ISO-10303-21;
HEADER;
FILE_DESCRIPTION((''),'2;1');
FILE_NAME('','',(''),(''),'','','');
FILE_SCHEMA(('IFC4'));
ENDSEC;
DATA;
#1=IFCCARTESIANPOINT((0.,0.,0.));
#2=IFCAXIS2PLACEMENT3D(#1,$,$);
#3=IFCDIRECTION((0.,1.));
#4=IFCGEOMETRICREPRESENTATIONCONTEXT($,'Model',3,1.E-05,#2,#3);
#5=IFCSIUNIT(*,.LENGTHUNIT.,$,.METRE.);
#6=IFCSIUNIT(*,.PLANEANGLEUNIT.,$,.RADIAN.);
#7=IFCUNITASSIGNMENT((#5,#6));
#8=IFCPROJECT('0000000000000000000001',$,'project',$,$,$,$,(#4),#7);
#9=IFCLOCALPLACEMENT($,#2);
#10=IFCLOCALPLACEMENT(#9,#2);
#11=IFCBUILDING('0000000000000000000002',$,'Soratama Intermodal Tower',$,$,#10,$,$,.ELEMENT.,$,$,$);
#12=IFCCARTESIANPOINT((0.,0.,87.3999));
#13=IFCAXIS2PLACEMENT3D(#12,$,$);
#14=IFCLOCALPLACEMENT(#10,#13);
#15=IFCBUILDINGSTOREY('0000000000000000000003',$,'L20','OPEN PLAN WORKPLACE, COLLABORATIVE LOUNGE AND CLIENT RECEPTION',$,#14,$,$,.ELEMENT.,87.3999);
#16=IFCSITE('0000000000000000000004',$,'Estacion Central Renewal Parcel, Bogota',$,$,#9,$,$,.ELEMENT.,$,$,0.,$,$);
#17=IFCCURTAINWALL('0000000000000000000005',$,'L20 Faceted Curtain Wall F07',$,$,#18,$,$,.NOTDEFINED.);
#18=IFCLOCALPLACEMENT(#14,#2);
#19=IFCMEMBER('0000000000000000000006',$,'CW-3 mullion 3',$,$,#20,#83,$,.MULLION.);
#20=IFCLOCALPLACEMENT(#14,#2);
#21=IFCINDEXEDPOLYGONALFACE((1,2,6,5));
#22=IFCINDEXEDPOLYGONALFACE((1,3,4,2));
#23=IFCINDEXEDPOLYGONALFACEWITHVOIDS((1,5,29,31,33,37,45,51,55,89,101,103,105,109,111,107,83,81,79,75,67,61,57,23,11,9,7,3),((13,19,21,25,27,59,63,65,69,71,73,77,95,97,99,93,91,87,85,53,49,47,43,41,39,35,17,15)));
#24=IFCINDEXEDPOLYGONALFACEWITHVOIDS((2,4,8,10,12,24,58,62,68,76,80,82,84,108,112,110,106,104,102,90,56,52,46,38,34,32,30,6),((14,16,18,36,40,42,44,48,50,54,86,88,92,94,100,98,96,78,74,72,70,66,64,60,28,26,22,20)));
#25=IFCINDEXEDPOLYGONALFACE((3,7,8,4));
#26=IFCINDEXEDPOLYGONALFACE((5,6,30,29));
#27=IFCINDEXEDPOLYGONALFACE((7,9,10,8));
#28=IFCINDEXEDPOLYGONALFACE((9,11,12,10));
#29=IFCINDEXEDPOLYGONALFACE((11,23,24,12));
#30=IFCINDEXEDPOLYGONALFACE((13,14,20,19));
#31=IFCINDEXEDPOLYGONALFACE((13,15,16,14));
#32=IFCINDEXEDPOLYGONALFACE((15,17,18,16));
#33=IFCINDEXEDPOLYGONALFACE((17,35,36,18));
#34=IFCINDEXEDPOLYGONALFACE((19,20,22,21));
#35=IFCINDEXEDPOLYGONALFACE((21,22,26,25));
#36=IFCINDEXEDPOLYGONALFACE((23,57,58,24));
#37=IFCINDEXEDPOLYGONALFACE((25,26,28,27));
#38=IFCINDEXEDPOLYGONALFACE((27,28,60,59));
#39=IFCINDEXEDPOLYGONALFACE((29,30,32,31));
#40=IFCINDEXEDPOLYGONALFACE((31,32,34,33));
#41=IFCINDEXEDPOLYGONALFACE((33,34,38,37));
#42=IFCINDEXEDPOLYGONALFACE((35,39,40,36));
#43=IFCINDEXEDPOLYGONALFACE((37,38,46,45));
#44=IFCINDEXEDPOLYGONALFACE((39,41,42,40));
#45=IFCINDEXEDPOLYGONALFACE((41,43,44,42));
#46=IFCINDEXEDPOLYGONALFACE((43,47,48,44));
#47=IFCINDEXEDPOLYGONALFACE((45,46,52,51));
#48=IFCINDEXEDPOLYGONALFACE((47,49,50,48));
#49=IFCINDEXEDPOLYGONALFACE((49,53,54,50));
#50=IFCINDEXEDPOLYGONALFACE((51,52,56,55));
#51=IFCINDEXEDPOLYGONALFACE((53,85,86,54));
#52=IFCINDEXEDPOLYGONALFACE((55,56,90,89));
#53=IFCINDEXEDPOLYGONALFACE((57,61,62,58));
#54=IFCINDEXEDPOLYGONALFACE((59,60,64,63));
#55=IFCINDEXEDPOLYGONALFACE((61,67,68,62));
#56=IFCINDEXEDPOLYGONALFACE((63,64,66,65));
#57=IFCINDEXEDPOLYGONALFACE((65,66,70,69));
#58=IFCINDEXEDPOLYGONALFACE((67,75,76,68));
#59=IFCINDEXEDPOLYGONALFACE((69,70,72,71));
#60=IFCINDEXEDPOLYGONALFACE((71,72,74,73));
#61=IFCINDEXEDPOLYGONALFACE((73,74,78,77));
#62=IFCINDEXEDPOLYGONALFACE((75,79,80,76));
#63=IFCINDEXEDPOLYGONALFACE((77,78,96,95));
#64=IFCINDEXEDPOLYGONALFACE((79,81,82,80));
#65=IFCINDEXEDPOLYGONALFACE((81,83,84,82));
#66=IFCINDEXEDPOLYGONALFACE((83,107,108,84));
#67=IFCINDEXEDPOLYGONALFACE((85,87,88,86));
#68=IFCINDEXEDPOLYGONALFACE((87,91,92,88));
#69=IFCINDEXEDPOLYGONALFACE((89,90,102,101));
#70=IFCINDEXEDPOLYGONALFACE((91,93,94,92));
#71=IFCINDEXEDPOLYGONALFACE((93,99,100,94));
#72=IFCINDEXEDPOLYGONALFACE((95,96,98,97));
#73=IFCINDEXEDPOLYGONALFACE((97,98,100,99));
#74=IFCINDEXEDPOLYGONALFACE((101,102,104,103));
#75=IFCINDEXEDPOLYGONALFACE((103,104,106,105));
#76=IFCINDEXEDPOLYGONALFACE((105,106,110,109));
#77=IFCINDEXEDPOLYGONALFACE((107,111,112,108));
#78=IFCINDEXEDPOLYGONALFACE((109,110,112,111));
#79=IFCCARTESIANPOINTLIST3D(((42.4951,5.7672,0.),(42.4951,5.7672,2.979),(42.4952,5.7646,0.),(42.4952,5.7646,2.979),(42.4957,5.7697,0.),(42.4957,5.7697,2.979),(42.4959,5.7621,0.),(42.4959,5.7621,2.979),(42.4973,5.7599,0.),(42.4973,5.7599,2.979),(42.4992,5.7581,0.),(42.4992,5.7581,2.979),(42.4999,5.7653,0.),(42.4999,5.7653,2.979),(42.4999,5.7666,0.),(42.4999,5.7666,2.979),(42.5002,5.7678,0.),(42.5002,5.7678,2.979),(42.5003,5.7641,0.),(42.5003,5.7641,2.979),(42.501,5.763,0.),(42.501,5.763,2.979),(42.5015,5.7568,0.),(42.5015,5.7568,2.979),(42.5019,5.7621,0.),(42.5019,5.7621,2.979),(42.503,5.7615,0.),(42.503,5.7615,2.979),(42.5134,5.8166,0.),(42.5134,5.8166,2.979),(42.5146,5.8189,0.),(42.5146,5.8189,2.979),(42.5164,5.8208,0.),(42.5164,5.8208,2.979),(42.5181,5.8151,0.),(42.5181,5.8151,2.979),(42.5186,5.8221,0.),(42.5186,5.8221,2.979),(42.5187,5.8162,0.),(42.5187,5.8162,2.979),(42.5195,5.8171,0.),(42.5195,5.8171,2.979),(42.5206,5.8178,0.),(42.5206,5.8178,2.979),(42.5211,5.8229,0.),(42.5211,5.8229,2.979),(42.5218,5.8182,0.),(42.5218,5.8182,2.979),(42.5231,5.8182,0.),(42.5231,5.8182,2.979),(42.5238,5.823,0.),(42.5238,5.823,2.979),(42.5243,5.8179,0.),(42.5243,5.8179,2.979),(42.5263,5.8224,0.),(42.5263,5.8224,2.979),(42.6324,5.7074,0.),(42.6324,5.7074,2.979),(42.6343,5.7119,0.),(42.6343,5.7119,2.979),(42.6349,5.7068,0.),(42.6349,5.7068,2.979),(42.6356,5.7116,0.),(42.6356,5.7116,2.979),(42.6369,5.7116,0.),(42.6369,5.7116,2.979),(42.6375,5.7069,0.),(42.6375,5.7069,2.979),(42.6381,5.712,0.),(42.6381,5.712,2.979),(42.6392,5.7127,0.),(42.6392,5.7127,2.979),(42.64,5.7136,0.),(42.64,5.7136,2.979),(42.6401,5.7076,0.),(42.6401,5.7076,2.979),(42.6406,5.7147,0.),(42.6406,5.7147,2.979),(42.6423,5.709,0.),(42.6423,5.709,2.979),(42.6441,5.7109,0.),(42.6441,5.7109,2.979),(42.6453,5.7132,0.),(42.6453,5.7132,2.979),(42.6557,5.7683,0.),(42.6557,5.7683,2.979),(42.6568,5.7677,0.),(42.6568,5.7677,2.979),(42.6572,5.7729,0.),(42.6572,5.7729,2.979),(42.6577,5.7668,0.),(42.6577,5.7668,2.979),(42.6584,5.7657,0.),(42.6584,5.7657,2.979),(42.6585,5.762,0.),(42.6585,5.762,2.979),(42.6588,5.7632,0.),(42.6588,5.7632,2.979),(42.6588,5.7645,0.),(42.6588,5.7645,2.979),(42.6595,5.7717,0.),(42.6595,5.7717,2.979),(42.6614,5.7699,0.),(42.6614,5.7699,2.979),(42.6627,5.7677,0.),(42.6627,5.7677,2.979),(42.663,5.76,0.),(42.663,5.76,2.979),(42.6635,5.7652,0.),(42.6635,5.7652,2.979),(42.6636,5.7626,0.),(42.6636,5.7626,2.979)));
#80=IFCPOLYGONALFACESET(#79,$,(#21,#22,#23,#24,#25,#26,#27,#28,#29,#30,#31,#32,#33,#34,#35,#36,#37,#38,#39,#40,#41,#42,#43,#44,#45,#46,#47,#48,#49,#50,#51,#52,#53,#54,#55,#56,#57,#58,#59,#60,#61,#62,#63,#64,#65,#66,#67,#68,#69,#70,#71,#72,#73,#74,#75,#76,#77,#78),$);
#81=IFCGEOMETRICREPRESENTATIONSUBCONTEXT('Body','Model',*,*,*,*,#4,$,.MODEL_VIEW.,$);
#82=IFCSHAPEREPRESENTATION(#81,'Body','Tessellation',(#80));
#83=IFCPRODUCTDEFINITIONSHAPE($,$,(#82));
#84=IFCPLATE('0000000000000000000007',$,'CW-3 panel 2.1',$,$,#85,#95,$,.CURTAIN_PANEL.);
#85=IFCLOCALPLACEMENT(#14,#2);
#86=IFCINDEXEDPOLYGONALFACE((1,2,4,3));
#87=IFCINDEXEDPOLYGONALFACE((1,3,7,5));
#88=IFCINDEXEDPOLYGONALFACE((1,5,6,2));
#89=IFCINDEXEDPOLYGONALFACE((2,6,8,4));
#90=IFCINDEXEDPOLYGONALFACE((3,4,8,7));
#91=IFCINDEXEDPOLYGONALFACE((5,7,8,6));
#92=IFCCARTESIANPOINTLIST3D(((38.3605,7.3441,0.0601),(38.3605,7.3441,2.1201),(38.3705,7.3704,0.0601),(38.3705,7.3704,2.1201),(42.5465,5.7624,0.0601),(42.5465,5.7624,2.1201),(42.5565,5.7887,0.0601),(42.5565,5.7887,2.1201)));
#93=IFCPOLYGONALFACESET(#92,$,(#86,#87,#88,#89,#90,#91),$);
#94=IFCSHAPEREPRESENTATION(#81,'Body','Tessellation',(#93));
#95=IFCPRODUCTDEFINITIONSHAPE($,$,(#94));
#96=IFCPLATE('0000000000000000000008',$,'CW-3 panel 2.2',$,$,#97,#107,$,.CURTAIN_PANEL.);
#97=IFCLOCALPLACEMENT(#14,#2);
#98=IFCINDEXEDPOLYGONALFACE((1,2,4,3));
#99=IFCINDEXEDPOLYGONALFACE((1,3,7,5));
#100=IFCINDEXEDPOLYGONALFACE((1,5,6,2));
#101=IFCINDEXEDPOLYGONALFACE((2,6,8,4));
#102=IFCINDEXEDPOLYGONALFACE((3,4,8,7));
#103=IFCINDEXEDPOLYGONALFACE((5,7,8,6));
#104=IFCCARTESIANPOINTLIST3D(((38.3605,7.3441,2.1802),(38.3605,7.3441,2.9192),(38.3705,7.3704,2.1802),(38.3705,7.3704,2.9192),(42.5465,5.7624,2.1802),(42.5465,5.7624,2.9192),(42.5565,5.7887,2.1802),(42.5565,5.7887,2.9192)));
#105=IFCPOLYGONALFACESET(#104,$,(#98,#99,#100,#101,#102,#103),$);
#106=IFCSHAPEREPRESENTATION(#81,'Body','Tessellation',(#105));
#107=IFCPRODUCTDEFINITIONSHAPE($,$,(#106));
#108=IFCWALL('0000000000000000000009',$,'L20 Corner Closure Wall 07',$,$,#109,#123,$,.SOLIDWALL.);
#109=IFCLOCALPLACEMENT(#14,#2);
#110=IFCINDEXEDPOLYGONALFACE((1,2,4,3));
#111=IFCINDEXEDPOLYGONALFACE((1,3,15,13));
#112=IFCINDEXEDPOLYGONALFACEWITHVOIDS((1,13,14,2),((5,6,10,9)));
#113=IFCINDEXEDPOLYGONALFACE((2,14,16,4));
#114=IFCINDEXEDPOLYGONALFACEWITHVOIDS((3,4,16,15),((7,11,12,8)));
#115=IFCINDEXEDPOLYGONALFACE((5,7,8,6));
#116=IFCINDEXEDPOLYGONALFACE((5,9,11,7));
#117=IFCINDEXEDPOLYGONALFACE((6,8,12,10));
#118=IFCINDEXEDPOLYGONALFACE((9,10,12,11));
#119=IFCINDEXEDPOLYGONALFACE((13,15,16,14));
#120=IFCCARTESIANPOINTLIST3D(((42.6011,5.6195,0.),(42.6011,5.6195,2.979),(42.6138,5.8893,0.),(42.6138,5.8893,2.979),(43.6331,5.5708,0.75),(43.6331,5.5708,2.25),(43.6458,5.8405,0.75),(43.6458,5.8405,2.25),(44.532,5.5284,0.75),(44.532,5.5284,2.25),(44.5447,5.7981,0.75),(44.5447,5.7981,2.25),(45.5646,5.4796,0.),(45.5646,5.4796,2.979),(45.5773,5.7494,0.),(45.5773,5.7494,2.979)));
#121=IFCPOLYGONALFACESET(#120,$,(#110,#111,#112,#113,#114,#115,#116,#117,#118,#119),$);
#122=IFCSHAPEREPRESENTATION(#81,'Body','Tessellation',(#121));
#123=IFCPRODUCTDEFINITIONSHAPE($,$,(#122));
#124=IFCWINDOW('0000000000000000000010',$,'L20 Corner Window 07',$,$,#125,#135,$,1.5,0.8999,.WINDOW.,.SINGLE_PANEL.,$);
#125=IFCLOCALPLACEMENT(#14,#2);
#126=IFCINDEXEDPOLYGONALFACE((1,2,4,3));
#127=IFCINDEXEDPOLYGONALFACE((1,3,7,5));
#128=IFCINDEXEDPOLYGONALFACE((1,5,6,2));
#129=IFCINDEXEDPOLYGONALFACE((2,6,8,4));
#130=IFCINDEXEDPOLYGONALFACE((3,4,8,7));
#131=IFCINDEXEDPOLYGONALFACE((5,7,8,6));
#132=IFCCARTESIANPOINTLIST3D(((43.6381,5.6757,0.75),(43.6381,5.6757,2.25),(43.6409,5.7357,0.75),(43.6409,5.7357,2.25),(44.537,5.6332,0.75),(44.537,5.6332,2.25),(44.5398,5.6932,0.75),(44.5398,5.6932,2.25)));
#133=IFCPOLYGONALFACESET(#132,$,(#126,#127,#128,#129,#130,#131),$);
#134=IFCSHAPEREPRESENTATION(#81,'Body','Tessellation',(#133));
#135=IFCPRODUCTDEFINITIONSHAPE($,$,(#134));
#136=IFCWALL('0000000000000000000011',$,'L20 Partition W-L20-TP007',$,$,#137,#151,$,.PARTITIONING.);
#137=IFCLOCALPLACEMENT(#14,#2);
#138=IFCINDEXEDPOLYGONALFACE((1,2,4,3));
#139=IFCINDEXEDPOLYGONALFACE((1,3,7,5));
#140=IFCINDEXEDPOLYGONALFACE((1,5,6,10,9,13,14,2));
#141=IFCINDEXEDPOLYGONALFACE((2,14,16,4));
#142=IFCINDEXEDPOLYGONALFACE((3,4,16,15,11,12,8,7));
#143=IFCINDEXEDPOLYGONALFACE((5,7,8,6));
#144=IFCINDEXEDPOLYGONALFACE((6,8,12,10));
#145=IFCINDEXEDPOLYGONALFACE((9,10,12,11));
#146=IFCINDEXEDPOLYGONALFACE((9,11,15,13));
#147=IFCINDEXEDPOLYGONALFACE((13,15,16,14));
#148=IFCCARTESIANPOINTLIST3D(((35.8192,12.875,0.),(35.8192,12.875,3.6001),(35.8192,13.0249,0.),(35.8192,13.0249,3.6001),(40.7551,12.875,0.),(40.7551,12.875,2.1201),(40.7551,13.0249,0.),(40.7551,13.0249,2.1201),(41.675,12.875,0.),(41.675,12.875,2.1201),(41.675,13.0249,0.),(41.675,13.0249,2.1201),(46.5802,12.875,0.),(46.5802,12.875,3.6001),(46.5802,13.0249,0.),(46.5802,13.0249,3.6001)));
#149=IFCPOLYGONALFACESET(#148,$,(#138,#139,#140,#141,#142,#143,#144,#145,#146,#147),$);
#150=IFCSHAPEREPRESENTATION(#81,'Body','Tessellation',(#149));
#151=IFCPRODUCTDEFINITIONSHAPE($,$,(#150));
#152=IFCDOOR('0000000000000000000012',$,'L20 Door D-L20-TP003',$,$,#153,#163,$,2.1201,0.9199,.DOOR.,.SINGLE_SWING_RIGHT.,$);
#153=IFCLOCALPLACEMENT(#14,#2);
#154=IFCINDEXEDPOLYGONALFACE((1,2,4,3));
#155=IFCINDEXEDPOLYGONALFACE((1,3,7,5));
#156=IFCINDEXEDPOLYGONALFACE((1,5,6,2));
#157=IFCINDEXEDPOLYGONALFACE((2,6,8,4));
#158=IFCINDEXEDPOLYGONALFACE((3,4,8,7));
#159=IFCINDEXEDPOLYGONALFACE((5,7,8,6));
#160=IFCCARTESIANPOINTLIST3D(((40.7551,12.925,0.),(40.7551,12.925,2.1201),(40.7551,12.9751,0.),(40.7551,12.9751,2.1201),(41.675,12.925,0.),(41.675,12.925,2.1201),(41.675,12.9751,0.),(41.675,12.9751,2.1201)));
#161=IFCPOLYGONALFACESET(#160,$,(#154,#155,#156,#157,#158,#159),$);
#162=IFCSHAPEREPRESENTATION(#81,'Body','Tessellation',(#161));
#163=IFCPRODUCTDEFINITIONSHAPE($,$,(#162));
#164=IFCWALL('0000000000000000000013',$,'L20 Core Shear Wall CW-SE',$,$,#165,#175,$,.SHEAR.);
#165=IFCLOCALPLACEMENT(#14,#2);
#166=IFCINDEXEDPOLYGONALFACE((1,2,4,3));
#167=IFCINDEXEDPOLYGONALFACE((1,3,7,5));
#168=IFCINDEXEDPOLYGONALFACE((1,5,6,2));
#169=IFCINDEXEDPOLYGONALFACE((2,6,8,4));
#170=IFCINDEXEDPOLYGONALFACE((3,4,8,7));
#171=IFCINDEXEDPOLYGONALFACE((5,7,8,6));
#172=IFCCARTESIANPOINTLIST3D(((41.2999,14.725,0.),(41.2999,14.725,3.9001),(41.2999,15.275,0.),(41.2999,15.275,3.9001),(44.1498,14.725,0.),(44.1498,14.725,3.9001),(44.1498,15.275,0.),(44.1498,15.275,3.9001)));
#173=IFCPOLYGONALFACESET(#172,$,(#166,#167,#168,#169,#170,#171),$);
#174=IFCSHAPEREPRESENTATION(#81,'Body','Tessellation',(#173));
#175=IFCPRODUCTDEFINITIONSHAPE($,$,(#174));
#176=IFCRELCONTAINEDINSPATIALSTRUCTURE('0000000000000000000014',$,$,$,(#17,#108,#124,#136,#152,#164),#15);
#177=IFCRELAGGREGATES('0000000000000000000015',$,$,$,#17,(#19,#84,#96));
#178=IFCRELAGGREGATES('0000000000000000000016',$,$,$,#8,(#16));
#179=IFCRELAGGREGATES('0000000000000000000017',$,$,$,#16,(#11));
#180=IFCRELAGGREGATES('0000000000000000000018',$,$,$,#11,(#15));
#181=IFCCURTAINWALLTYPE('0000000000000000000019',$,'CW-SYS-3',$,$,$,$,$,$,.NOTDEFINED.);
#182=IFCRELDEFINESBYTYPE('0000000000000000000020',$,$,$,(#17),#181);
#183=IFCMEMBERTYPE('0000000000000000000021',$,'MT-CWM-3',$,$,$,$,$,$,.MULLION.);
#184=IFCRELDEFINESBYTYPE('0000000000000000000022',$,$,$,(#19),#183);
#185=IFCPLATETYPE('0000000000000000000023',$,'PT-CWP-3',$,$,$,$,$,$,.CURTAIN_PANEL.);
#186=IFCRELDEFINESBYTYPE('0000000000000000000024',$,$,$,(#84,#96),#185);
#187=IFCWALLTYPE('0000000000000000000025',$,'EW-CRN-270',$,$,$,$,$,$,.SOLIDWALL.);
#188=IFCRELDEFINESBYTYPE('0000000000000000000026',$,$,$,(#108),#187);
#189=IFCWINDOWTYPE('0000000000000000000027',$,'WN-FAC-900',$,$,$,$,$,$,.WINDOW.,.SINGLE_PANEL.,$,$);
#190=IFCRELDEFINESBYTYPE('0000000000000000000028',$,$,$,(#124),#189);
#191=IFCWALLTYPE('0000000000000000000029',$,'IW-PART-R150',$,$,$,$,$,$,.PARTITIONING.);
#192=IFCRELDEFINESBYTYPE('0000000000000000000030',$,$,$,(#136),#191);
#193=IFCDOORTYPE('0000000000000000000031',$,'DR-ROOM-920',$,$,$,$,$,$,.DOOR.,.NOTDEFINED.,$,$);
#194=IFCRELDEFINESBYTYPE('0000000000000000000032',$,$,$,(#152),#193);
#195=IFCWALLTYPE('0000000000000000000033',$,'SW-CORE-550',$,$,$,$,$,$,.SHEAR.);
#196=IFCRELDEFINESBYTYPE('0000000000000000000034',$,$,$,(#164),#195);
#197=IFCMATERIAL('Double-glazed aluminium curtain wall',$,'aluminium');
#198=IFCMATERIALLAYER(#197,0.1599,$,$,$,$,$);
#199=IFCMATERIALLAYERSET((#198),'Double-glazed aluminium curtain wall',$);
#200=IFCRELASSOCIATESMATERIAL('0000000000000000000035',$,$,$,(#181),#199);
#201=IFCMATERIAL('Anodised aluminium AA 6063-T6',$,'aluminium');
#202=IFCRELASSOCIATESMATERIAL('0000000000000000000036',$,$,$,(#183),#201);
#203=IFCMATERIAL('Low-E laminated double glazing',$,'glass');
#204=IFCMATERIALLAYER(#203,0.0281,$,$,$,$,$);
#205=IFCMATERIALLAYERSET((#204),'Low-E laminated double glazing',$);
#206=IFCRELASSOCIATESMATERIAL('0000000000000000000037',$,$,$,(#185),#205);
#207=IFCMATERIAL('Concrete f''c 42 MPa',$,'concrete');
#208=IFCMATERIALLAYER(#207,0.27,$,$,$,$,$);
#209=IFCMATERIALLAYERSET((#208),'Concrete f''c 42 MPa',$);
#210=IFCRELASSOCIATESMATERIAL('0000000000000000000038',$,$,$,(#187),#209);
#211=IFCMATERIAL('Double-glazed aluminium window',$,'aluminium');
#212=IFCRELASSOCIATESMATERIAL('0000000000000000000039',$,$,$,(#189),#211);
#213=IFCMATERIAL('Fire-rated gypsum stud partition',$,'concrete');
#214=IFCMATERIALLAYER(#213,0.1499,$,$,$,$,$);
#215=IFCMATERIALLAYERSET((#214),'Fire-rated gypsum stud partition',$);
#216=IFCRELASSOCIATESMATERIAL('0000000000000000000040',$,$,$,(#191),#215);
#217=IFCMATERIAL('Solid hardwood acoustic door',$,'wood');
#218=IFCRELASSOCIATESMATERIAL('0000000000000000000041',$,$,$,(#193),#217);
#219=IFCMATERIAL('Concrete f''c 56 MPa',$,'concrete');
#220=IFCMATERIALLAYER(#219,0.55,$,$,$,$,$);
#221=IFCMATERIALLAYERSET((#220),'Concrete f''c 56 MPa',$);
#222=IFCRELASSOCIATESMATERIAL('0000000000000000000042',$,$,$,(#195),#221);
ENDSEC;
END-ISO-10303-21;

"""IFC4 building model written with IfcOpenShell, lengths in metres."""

from ifc_helpers import new_model, si_unit, direction, frame, frame_2d, origin, origin_2d, place, context, subcontext, project, spatial, rectangle, hollow_rectangle, extrude, material, layer, layer_set, material_profile, profile_set, type_object, element, fill, aggregate, save


model = new_model("IFC4")

# Units and contexts
model_context = context("Model", 3, precision=1e-05, world=origin(), true_north=direction((0.0, 1.0)))
body_context = subcontext(model_context, "Body", "Model", "MODEL_VIEW")
ifc_project = project(units=[si_unit("LENGTHUNIT", "METRE"), si_unit("PLANEANGLEUNIT", "RADIAN")], contexts=[model_context])

# Site, building, storey
site_placement = place(None, origin())
site = spatial("IfcSite", under=ifc_project, at=site_placement, Name="Estacion Central Renewal Parcel, Bogota", CompositionType="ELEMENT", RefElevation=0.0)
building_placement = place(site_placement, origin())
building = spatial("IfcBuilding", under=site, at=building_placement, Name="Soratama Intermodal Tower", CompositionType="ELEMENT")
storey_placement = place(building_placement, frame((0.0, 0.0, 87.3999)))
storey = spatial("IfcBuildingStorey", under=building, at=storey_placement, Name="L20", Description="OPEN PLAN WORKPLACE, COLLABORATIVE LOUNGE AND CLIENT RECEPTION", CompositionType="ELEMENT", Elevation=87.3999)

# Curtain wall, member, plates
ifc_material_1 = material(Name="Double-glazed aluminium curtain wall", Category="aluminium")
ifc_layer_1 = layer(ifc_material_1, 0.1599)
ifc_layer_set_1 = layer_set([ifc_layer_1], Name="Double-glazed aluminium curtain wall")
curtain_wall_type = type_object("IfcCurtainWallType", Name="CW-SYS-3", PredefinedType="NOTDEFINED", material=ifc_layer_set_1)
curtain_wall_placement = place(storey_placement, origin())
curtain_wall = element("IfcCurtainWall", 1, at=curtain_wall_placement, inside=storey, type_object=curtain_wall_type, Name="L20 Faceted Curtain Wall F07", PredefinedType="NOTDEFINED")
ifc_material_2 = material(Name="Anodised aluminium AA 6063-T6", Category="aluminium")
ifc_material_profile_1 = material_profile(ifc_material_2, hollow_rectangle(XDim=0.0701, YDim=0.1599, WallThickness=0.0049, InnerFilletRadius=0.0049, OuterFilletRadius=0.01, at=origin_2d()), Name="CWM160X70X5")
ifc_profile_set_1 = profile_set([ifc_material_profile_1], Name="Anodised aluminium AA 6063-T6")
member_type = type_object("IfcMemberType", Name="MT-CWM-3", PredefinedType="MULLION", material=ifc_profile_set_1)
member_placement = place(storey_placement, frame((42.5793, 5.7649, 0.0), z_axis=(0.0, 0.0, 1.0), x_axis=(0.353468, 0.935447, 0.0)))
member = element("IfcMember", 2, at=member_placement, type_object=member_type, Name="CW-3 mullion 3", PredefinedType="MULLION", context=body_context, shape_type="SweptSolid", body=[
    extrude(hollow_rectangle(XDim=0.0701, YDim=0.1599, WallThickness=0.0049, InnerFilletRadius=0.0049, OuterFilletRadius=0.01, at=origin_2d()), origin(), (0.0, 0.0, 1.0), 2.979),
])
ifc_material_3 = material(Name="Low-E laminated double glazing", Category="glass")
ifc_layer_2 = layer(ifc_material_3, 0.0281)
ifc_layer_set_2 = layer_set([ifc_layer_2], Name="Low-E laminated double glazing")
plate_type = type_object("IfcPlateType", Name="PT-CWP-3", PredefinedType="CURTAIN_PANEL", material=ifc_layer_set_2)
plate_1_placement = place(storey_placement, frame((40.4585, 6.5664, 0.0601), z_axis=(0.0, 0.0, 1.0), x_axis=(0.935447, -0.353468, 0.0)))
plate_1 = element("IfcPlate", 3, at=plate_1_placement, type_object=plate_type, Name="CW-3 panel 2.1", PredefinedType="CURTAIN_PANEL", context=body_context, shape_type="SweptSolid", body=[
    extrude(rectangle(XDim=4.4749, YDim=0.0281, at=origin_2d()), origin(), (0.0, 0.0, 1.0), 2.0601),
])
plate_2_placement = place(storey_placement, frame((40.4585, 6.5664, 2.1802), z_axis=(0.0, 0.0, 1.0), x_axis=(0.935447, -0.353468, 0.0)))
plate_2 = element("IfcPlate", 4, at=plate_2_placement, type_object=plate_type, Name="CW-3 panel 2.2", PredefinedType="CURTAIN_PANEL", context=body_context, shape_type="SweptSolid", body=[
    extrude(rectangle(XDim=4.4749, YDim=0.0281, at=origin_2d()), origin(), (0.0, 0.0, 1.0), 0.739),
])
aggregate(curtain_wall, [member, plate_1, plate_2])

# Wall, opening, window
ifc_material_4 = material(Name="Concrete f'c 42 MPa", Category="concrete")
ifc_layer_3 = layer(ifc_material_4, 0.27)
ifc_layer_set_3 = layer_set([ifc_layer_3], Name="Concrete f'c 42 MPa")
wall_type_1 = type_object("IfcWallType", Name="EW-CRN-270", PredefinedType="SOLIDWALL", material=ifc_layer_set_3)
wall_1_placement = place(storey_placement, frame((42.6074, 5.7544, 0.0), z_axis=(0.0, 0.0, 1.0), x_axis=(0.998888, -0.047155, 0.0)))
wall_1 = element("IfcWall", 5, at=wall_1_placement, inside=storey, type_object=wall_type_1, Name="L20 Corner Closure Wall 07", PredefinedType="SOLIDWALL", context=body_context, shape_type="SweptSolid", body=[
    extrude(rectangle(XDim=2.9668, YDim=0.27, at=frame_2d((1.4834, 0.0))), origin(), (0.0, 0.0, 1.0), 2.979),
])
opening_1_placement = place(wall_1_placement, frame((1.0332, 0.0, 0.75)))
opening_1 = element("IfcOpeningElement", 6, at=opening_1_placement, cuts=wall_1, PredefinedType="OPENING", context=body_context, shape_type="SweptSolid", body=[
    extrude(rectangle(XDim=0.8999, YDim=1.5, at=frame_2d((0.45, 0.75))), frame((0.0, 0.145, 0.0), z_axis=(0.0, -1.0, 0.0), x_axis=(1.0, 0.0, 0.0)), (0.0, 0.0, 1.0), 0.29),
])
ifc_material_5 = material(Name="Double-glazed aluminium window", Category="aluminium")
window_type_1 = type_object("IfcWindowType", Name="WN-FAC-900", PartitioningType="SINGLE_PANEL", PredefinedType="WINDOW", material=ifc_material_5)
window_1_placement = place(opening_1_placement, origin())
window_1 = element("IfcWindow", 7, at=window_1_placement, inside=storey, type_object=window_type_1, Name="L20 Corner Window 07", OverallHeight=1.5, OverallWidth=0.8999, PartitioningType="SINGLE_PANEL", PredefinedType="WINDOW", context=body_context, shape_type="SweptSolid", body=[
    extrude(rectangle(XDim=0.8999, YDim=1.5, at=frame_2d((0.45, 0.75))), frame((0.0, 0.03, 0.0), z_axis=(0.0, -1.0, 0.0), x_axis=(1.0, 0.0, 0.0)), (0.0, 0.0, 1.0), 0.0601),
])
fill(opening_1, window_1)

# Wall, opening, door
ifc_material_6 = material(Name="Fire-rated gypsum stud partition", Category="concrete")
ifc_layer_4 = layer(ifc_material_6, 0.1499)
ifc_layer_set_4 = layer_set([ifc_layer_4], Name="Fire-rated gypsum stud partition")
wall_type_2 = type_object("IfcWallType", Name="IW-PART-R150", PredefinedType="PARTITIONING", material=ifc_layer_set_4)
wall_2_placement = place(storey_placement, frame((46.5801, 12.95, 0.0), z_axis=(0.0, 0.0, 1.0), x_axis=(-1.0, 0.0, 0.0)))
wall_2 = element("IfcWall", 8, at=wall_2_placement, inside=storey, type_object=wall_type_2, Name="L20 Partition W-L20-TP007", PredefinedType="PARTITIONING", context=body_context, shape_type="SweptSolid", body=[
    extrude(rectangle(XDim=10.761, YDim=0.1499, at=frame_2d((5.3804, 0.0))), origin(), (0.0, 0.0, 1.0), 3.6001),
])
opening_2_placement = place(wall_2_placement, frame((4.905, 0.0, 0.0)))
opening_2 = element("IfcOpeningElement", 9, at=opening_2_placement, cuts=wall_2, PredefinedType="OPENING", context=body_context, shape_type="SweptSolid", body=[
    extrude(rectangle(XDim=0.9199, YDim=2.1201, at=frame_2d((0.46, 1.0601))), frame((0.0, 0.085, 0.0), z_axis=(0.0, -1.0, 0.0), x_axis=(1.0, 0.0, 0.0)), (0.0, 0.0, 1.0), 0.1699),
])
ifc_material_7 = material(Name="Solid hardwood acoustic door", Category="wood")
door_type_1 = type_object("IfcDoorType", Name="DR-ROOM-920", OperationType="NOTDEFINED", PredefinedType="DOOR", material=ifc_material_7)
door_1_placement = place(opening_2_placement, origin())
door_1 = element("IfcDoor", 10, at=door_1_placement, inside=storey, type_object=door_type_1, Name="L20 Door D-L20-TP003", OperationType="SINGLE_SWING_RIGHT", OverallHeight=2.1201, OverallWidth=0.9199, PredefinedType="DOOR", context=body_context, shape_type="SweptSolid", body=[
    extrude(rectangle(XDim=0.9199, YDim=2.1201, at=frame_2d((0.46, 1.0601))), frame((0.0, 0.0249, 0.0), z_axis=(0.0, -1.0, 0.0), x_axis=(1.0, 0.0, 0.0)), (0.0, 0.0, 1.0), 0.05),
])
fill(opening_2, door_1)

# Wall
ifc_material_8 = material(Name="Concrete f'c 56 MPa", Category="concrete")
ifc_layer_5 = layer(ifc_material_8, 0.55)
ifc_layer_set_5 = layer_set([ifc_layer_5], Name="Concrete f'c 56 MPa")
wall_type_3 = type_object("IfcWallType", Name="SW-CORE-550", PredefinedType="SHEAR", material=ifc_layer_set_5)
wall_3_placement = place(storey_placement, frame((41.3, 15.0, 0.0), z_axis=(0.0, 0.0, 1.0), x_axis=(1.0, 0.0, 0.0)))
element("IfcWall", 11, at=wall_3_placement, inside=storey, type_object=wall_type_3, Name="L20 Core Shear Wall CW-SE", PredefinedType="SHEAR", context=body_context, shape_type="SweptSolid", body=[
    extrude(rectangle(XDim=2.8499, YDim=0.55, at=frame_2d((1.4248, 0.0))), origin(), (0.0, 0.0, 1.0), 3.9001),
])

save(model, "model.ifc")
